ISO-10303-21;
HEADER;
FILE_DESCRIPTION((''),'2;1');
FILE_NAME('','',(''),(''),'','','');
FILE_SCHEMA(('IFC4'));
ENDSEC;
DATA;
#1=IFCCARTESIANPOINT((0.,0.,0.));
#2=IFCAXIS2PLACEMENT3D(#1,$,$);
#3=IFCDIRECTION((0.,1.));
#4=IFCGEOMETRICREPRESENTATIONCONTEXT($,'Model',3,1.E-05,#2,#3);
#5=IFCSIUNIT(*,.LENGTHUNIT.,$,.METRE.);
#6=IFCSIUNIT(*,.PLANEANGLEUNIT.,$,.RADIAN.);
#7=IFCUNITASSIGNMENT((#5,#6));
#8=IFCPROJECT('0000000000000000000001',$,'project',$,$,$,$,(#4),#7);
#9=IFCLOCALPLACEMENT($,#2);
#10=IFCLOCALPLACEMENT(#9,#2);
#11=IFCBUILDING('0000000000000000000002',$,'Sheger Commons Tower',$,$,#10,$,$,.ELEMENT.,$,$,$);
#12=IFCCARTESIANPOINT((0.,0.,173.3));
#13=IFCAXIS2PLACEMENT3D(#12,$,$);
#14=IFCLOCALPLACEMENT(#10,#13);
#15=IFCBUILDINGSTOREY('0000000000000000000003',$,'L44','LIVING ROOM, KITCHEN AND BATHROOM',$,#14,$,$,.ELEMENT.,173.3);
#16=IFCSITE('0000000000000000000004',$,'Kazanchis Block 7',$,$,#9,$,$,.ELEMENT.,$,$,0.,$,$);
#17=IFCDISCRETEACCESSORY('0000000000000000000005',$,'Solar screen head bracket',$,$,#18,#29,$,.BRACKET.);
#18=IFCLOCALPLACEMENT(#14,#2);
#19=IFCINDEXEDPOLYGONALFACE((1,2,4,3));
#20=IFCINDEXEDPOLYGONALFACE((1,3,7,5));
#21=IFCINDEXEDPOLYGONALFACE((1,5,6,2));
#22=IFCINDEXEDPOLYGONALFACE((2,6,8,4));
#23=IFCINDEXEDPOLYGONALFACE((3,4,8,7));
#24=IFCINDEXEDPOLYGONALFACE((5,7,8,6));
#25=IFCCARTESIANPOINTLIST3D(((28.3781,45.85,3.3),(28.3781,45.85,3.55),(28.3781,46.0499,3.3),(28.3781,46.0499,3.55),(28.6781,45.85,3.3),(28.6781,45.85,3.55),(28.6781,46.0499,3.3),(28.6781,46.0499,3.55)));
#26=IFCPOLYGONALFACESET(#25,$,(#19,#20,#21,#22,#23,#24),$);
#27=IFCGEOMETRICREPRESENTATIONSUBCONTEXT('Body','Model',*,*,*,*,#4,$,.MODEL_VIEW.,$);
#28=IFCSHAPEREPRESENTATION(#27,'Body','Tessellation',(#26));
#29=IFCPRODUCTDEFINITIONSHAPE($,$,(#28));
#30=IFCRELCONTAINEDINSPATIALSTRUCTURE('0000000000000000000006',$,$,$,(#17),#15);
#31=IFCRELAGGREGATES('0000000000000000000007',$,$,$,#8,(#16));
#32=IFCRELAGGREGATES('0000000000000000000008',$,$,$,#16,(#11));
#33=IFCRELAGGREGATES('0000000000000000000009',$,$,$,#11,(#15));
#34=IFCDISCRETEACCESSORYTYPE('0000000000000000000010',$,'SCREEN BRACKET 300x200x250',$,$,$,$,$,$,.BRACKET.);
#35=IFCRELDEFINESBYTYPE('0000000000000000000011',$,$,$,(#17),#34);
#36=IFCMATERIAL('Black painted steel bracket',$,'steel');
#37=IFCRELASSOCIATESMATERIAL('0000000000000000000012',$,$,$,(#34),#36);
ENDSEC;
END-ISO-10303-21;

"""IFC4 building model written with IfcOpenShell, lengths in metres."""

from ifc_helpers import new_model, si_unit, direction, frame, origin, origin_2d, place, context, subcontext, project, spatial, rectangle, extrude, material, type_object, element, save


model = new_model("IFC4")

# Units and contexts
model_context = context("Model", 3, precision=1e-05, world=origin(), true_north=direction((0.0, 1.0)))
body_context = subcontext(model_context, "Body", "Model", "MODEL_VIEW")
ifc_project = project(units=[si_unit("LENGTHUNIT", "METRE"), si_unit("PLANEANGLEUNIT", "RADIAN")], contexts=[model_context])

# Site, building, storey
site_placement = place(None, origin())
site = spatial("IfcSite", under=ifc_project, at=site_placement, Name="Kazanchis Block 7", CompositionType="ELEMENT", RefElevation=0.0)
building_placement = place(site_placement, origin())
building = spatial("IfcBuilding", under=site, at=building_placement, Name="Sheger Commons Tower", CompositionType="ELEMENT")
storey_placement = place(building_placement, frame((0.0, 0.0, 173.3)))
storey = spatial("IfcBuildingStorey", under=building, at=storey_placement, Name="L44", Description="LIVING ROOM, KITCHEN AND BATHROOM", CompositionType="ELEMENT", Elevation=173.3)

# Discrete accessory
ifc_material_1 = material(Name="Black painted steel bracket", Category="steel")
discrete_accessory_type = type_object("IfcDiscreteAccessoryType", Name="SCREEN BRACKET 300x200x250", PredefinedType="BRACKET", material=ifc_material_1)
for number, where, z_axis, x_axis, name in (
    (1, (28.5281, 45.95, 3.3), (0.0, 0.0, 1.0), (-1.0, 0.0, 0.0), "Solar screen head bracket"),
):
    element("IfcDiscreteAccessory", number, at=place(storey_placement, frame(where, z_axis=z_axis, x_axis=x_axis)), inside=storey, type_object=discrete_accessory_type, Name=name, PredefinedType="BRACKET", context=body_context, shape_type="SweptSolid", body=[
        extrude(rectangle(XDim=0.3, YDim=0.2, at=origin_2d()), origin(), (0.0, 0.0, 1.0), 0.25),
    ])

save(model, "model.ifc")
